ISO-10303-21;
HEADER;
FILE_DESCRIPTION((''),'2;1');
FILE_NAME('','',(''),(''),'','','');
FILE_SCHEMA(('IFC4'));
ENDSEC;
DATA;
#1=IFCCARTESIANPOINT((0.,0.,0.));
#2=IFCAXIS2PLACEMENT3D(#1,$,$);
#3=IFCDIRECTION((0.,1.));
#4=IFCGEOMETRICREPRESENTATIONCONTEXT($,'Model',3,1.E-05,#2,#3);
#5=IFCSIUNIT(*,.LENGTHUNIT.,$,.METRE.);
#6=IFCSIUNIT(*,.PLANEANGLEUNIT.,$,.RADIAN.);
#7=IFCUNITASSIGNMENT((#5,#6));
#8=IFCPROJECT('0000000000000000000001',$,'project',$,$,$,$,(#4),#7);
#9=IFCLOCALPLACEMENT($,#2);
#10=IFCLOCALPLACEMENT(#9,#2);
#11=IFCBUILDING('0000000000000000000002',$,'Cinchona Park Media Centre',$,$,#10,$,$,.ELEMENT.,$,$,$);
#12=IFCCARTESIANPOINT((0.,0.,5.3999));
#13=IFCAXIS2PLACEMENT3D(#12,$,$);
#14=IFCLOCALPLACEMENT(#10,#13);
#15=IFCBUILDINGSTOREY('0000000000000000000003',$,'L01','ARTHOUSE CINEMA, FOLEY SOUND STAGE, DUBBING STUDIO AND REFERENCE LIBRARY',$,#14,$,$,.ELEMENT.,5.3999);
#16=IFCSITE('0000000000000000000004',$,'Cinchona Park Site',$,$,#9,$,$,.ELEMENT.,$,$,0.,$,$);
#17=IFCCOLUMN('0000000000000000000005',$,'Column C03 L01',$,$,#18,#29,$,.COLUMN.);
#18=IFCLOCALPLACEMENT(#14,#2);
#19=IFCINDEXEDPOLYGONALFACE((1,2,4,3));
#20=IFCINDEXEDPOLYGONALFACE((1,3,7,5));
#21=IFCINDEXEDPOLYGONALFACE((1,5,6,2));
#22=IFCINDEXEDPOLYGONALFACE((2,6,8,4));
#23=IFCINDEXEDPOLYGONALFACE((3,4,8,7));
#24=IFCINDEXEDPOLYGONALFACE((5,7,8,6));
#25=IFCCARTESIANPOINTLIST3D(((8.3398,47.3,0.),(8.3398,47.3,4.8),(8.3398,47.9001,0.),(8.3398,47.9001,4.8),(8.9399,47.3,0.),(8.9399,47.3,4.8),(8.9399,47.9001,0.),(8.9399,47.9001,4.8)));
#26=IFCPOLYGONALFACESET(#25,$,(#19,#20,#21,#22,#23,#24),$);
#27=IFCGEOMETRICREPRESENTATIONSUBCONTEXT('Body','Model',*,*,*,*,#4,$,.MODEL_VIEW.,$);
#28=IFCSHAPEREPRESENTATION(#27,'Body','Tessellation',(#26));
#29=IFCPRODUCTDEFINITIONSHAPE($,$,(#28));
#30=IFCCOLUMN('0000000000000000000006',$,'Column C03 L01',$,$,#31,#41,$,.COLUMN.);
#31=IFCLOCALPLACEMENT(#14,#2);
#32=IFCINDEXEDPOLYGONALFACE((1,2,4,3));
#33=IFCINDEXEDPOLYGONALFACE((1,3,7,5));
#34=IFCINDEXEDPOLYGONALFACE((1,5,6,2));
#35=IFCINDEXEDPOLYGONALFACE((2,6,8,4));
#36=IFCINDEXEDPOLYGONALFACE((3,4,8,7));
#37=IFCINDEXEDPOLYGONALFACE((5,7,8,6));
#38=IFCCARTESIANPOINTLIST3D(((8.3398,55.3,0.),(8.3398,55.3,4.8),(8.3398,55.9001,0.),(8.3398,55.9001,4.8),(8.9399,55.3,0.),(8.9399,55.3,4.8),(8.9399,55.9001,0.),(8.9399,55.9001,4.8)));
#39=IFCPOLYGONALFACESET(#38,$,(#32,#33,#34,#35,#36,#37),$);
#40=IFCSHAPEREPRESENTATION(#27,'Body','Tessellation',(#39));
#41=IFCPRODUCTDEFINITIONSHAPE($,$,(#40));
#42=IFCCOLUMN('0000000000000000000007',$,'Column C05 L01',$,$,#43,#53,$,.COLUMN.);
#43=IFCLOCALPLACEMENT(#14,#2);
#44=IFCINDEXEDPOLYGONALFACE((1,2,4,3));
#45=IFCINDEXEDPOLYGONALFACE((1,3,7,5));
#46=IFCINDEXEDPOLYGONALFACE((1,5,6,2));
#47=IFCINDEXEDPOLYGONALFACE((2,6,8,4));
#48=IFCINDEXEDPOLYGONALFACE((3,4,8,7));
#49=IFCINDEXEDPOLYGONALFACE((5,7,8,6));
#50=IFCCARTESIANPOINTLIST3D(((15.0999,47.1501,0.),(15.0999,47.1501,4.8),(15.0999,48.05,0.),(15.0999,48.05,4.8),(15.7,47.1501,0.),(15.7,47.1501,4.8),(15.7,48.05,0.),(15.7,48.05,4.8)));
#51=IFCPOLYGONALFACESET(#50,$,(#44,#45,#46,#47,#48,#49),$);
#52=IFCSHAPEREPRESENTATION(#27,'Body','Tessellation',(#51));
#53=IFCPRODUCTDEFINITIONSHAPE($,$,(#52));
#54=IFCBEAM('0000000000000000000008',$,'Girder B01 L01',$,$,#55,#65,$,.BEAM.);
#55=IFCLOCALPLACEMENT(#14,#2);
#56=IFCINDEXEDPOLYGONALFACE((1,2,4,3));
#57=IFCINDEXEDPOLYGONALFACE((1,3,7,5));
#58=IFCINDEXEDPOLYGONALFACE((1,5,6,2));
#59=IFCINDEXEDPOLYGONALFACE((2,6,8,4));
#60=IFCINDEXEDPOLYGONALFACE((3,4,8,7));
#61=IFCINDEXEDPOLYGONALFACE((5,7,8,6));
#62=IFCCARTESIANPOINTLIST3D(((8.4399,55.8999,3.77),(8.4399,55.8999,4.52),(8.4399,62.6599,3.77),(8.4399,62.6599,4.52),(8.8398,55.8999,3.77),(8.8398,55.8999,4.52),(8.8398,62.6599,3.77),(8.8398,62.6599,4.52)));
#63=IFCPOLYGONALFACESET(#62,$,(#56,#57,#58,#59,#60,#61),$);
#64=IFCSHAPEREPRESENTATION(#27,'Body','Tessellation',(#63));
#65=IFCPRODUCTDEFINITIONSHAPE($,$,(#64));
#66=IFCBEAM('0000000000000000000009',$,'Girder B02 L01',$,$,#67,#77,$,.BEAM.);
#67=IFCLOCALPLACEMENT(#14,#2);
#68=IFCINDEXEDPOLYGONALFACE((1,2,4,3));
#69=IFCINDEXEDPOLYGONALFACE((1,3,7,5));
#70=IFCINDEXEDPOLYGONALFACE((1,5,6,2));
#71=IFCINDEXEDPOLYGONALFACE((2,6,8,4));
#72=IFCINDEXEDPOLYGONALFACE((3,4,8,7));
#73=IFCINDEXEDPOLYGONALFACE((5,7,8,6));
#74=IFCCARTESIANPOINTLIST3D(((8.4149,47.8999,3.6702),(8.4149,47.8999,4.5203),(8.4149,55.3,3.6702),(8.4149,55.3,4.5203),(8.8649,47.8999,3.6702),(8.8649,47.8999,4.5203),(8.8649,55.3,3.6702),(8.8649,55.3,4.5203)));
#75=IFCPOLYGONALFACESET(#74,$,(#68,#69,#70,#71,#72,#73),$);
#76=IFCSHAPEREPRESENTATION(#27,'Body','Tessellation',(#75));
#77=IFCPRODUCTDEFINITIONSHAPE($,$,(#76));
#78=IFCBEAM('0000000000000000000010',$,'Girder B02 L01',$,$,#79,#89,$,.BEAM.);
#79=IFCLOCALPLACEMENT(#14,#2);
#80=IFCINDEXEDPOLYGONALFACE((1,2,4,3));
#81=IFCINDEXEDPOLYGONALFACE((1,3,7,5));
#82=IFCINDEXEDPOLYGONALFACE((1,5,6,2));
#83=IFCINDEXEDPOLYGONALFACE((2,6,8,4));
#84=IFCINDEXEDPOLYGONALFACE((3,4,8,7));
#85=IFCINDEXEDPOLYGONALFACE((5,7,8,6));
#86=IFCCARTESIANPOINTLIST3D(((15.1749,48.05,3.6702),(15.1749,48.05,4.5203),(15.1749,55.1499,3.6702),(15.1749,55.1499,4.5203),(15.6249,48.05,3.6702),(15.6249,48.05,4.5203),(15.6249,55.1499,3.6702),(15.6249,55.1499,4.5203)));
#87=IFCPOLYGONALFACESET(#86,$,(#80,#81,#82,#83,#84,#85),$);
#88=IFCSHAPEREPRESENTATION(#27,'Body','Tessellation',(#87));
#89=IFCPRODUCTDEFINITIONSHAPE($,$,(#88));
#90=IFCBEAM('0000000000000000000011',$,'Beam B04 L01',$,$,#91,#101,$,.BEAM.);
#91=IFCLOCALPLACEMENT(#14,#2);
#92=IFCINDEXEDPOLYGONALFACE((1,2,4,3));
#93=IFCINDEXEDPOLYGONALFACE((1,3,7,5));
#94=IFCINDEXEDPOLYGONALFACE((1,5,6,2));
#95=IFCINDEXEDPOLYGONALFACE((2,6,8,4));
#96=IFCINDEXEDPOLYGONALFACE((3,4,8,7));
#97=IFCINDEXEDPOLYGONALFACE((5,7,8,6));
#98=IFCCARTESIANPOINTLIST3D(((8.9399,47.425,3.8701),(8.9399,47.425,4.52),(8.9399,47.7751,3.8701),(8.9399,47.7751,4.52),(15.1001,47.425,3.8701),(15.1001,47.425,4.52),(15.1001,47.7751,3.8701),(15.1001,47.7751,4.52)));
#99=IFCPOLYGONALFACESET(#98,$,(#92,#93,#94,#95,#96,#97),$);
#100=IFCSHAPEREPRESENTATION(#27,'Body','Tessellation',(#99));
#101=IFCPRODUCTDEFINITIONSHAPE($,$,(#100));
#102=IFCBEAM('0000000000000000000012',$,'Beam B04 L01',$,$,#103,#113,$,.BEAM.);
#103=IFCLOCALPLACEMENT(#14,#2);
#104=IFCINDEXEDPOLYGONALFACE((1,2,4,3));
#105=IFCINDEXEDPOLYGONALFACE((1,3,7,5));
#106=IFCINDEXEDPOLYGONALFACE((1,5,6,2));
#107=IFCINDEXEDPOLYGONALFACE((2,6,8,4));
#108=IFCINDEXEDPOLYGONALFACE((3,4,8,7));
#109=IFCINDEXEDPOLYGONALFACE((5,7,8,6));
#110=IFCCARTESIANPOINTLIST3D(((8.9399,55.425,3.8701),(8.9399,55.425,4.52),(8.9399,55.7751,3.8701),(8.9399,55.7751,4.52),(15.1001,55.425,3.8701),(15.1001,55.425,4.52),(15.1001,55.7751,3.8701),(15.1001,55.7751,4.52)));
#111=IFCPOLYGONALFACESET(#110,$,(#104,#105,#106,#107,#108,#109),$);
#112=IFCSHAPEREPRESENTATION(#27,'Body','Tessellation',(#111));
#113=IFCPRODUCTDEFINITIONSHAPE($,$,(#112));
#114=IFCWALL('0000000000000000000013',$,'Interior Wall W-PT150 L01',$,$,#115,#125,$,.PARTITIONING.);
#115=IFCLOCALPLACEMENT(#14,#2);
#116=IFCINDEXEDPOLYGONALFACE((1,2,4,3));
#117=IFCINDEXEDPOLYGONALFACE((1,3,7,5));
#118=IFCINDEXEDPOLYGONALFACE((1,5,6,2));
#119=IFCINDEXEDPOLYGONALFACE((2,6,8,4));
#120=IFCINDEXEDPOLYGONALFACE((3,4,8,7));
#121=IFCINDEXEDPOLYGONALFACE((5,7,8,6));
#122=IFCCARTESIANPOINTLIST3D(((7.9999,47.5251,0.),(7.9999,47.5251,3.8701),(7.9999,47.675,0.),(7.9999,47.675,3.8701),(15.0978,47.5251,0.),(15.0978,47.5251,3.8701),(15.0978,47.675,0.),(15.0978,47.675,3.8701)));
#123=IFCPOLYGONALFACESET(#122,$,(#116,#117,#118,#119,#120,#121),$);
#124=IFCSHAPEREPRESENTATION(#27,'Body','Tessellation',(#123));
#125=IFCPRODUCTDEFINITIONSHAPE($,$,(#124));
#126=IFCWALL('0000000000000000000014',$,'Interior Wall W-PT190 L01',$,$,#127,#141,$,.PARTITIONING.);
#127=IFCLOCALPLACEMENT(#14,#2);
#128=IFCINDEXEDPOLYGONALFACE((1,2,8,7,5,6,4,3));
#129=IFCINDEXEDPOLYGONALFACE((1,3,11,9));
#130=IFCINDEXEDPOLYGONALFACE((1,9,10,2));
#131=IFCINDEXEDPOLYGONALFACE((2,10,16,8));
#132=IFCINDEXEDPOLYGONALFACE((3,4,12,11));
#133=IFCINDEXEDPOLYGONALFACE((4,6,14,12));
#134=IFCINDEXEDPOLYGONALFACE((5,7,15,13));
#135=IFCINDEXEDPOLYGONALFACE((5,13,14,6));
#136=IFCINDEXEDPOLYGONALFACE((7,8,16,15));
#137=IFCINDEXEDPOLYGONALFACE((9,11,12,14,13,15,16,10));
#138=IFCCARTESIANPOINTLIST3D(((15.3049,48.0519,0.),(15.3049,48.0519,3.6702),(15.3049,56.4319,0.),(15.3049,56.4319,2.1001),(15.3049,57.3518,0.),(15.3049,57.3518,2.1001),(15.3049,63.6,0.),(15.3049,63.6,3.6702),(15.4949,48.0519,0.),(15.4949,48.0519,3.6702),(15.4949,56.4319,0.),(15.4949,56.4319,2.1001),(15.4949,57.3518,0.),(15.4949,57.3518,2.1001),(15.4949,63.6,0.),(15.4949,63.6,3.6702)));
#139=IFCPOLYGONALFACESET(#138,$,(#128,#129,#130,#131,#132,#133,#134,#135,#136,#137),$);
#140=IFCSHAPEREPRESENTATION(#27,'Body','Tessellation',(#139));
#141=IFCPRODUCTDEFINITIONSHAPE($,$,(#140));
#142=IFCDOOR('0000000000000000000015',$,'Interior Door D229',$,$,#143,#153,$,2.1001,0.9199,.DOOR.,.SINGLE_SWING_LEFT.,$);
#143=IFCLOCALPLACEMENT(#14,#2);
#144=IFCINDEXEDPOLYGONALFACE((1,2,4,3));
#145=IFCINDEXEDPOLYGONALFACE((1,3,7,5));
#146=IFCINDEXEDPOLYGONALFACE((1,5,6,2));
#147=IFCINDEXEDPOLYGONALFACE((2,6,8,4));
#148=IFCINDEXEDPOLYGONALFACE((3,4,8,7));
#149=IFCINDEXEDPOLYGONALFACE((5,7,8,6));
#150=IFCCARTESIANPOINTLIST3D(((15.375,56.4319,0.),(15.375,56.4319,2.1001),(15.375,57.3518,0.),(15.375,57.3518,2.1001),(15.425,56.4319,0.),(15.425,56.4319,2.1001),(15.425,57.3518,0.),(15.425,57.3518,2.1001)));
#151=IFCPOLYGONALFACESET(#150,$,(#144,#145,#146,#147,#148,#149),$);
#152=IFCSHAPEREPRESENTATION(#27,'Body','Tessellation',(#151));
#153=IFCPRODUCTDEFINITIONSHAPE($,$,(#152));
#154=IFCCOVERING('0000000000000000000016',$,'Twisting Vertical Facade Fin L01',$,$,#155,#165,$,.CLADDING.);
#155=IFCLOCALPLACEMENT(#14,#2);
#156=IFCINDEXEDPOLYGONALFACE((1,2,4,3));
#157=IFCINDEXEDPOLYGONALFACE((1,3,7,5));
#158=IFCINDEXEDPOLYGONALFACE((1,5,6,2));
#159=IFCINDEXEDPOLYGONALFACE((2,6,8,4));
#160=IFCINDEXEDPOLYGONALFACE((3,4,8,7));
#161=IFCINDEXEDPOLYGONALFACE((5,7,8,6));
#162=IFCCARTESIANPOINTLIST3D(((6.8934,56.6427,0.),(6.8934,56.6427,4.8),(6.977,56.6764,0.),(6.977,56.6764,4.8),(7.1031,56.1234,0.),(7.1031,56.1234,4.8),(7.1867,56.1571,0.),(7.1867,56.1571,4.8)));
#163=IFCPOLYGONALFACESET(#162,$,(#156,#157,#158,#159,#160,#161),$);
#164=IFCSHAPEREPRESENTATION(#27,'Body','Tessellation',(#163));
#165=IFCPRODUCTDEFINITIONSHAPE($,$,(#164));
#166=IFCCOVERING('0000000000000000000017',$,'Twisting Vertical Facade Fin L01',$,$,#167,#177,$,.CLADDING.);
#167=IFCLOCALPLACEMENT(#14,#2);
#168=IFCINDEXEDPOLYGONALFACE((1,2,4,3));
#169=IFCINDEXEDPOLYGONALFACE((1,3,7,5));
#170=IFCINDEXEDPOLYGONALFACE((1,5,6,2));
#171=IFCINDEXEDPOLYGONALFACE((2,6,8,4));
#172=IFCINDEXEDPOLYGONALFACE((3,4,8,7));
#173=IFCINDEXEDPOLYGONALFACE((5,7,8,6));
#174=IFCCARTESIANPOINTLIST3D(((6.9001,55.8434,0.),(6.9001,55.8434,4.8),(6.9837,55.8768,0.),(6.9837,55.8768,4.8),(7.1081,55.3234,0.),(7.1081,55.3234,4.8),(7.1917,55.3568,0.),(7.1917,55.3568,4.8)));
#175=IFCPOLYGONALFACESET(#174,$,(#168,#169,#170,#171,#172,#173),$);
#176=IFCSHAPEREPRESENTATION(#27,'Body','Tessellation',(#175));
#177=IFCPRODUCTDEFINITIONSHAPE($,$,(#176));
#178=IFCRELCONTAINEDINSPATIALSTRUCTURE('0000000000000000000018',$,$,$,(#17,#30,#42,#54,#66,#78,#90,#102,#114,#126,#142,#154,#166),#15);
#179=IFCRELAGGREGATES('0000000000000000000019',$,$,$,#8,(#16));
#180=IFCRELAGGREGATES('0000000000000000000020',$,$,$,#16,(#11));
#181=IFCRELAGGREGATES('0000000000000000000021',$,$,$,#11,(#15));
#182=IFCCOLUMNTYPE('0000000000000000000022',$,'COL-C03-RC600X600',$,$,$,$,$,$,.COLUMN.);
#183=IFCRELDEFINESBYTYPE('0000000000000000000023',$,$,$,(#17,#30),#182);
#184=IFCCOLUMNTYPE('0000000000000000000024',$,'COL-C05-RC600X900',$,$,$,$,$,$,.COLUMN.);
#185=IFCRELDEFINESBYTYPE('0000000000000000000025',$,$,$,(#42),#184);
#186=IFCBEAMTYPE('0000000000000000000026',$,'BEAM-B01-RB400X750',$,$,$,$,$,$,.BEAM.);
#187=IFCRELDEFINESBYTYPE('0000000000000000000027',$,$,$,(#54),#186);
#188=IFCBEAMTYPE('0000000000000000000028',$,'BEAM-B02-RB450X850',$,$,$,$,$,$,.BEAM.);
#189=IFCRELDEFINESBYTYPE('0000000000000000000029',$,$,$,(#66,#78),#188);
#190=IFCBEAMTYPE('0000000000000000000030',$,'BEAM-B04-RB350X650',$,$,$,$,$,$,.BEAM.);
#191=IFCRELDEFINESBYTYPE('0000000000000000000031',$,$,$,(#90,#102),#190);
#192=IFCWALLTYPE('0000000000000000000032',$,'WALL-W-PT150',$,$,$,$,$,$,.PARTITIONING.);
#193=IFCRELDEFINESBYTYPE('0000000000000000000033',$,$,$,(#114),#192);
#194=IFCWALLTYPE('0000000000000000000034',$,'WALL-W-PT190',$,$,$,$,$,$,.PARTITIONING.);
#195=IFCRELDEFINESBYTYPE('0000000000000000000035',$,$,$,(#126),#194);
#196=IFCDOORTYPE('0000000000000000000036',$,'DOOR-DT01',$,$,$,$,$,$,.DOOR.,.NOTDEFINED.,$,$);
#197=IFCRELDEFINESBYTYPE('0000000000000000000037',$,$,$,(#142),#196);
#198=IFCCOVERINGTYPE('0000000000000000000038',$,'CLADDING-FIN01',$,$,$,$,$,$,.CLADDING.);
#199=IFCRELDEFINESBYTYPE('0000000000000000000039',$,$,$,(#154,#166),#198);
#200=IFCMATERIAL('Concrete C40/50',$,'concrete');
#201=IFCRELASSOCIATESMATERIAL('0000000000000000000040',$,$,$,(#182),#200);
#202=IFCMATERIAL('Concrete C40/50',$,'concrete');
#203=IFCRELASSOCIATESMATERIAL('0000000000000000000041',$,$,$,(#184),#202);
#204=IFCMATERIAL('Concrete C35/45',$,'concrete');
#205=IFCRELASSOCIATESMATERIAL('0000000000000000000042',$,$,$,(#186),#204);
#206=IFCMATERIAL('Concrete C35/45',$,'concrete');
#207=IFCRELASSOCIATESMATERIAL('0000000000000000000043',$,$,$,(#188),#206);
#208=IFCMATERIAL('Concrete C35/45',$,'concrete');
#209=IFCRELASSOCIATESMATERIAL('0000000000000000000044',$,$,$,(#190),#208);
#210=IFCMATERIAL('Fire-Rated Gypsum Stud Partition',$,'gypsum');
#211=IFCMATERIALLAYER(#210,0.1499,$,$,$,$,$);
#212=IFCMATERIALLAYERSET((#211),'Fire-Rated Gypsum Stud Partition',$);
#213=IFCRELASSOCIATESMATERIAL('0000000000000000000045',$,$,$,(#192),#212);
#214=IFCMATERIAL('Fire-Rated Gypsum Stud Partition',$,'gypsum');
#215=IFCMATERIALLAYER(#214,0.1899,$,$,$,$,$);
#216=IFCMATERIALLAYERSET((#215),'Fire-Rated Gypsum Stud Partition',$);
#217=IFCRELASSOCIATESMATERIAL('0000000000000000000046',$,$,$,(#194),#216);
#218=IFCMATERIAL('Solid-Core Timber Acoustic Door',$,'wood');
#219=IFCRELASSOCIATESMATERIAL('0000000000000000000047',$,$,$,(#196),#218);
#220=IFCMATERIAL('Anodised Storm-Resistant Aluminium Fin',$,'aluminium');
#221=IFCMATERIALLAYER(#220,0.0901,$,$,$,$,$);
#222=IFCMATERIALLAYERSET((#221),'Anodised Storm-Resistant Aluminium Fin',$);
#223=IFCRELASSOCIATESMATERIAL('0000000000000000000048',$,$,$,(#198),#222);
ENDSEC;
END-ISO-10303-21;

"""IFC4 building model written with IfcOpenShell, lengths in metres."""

from ifc_helpers import new_model, si_unit, direction, frame, frame_2d, origin, origin_2d, place, context, subcontext, project, spatial, rectangle, extrude, material, layer, layer_set, material_profile, profile_set, type_object, element, fill, save


model = new_model("IFC4")

# Units and contexts
model_context = context("Model", 3, precision=1e-05, world=origin(), true_north=direction((0.0, 1.0)))
body_context = subcontext(model_context, "Body", "Model", "MODEL_VIEW")
ifc_project = project(units=[si_unit("LENGTHUNIT", "METRE"), si_unit("PLANEANGLEUNIT", "RADIAN")], contexts=[model_context])

# Site, building, storey
site_placement = place(None, origin())
site = spatial("IfcSite", under=ifc_project, at=site_placement, Name="Cinchona Park Site", CompositionType="ELEMENT", RefElevation=0.0)
building_placement = place(site_placement, origin())
building = spatial("IfcBuilding", under=site, at=building_placement, Name="Cinchona Park Media Centre", CompositionType="ELEMENT")
storey_placement = place(building_placement, frame((0.0, 0.0, 5.3999)))
storey = spatial("IfcBuildingStorey", under=building, at=storey_placement, Name="L01", Description="ARTHOUSE CINEMA, FOLEY SOUND STAGE, DUBBING STUDIO AND REFERENCE LIBRARY", CompositionType="ELEMENT", Elevation=5.3999)

# Columns
ifc_material_1 = material(Name="Concrete C40/50", Category="concrete")
ifc_material_profile_1 = material_profile(ifc_material_1, rectangle(XDim=0.6001, YDim=0.6001, at=origin_2d()), Name="RC 600X600")
ifc_profile_set_1 = profile_set([ifc_material_profile_1], Name="Concrete C40/50")
column_type_1 = type_object("IfcColumnType", Name="COL-C03-RC600X600", PredefinedType="COLUMN", material=ifc_profile_set_1)
for number, where, z_axis, x_axis, name in (
    (1, (8.6399, 47.6001, 0.0), (0.0, 0.0, 1.0), (1.0, 0.0, 0.0), "Column C03 L01"),
    (2, (8.6399, 55.6001, 0.0), (0.0, 0.0, 1.0), (1.0, 0.0, 0.0), "Column C03 L01"),
):
    element("IfcColumn", number, at=place(storey_placement, frame(where, z_axis=z_axis, x_axis=x_axis)), inside=storey, type_object=column_type_1, Name=name, PredefinedType="COLUMN", context=body_context, shape_type="SweptSolid", body=[
        extrude(rectangle(XDim=0.6001, YDim=0.6001, at=origin_2d()), origin(), (0.0, 0.0, 1.0), 4.8),
    ])
ifc_material_2 = material(Name="Concrete C40/50", Category="concrete")
ifc_material_profile_2 = material_profile(ifc_material_2, rectangle(XDim=0.6001, YDim=0.8999, at=origin_2d()), Name="RC 600X900")
ifc_profile_set_2 = profile_set([ifc_material_profile_2], Name="Concrete C40/50")
column_type_2 = type_object("IfcColumnType", Name="COL-C05-RC600X900", PredefinedType="COLUMN", material=ifc_profile_set_2)
column_placement = place(storey_placement, frame((15.3999, 47.6001, 0.0), z_axis=(0.0, 0.0, 1.0), x_axis=(1.0, 0.0, 0.0)))
element("IfcColumn", 3, at=column_placement, inside=storey, type_object=column_type_2, Name="Column C05 L01", PredefinedType="COLUMN", context=body_context, shape_type="SweptSolid", body=[
    extrude(rectangle(XDim=0.6001, YDim=0.8999, at=origin_2d()), origin(), (0.0, 0.0, 1.0), 4.8),
])

# Beams
ifc_material_3 = material(Name="Concrete C35/45", Category="concrete")
ifc_material_profile_3 = material_profile(ifc_material_3, rectangle(XDim=0.3999, YDim=0.75, at=origin_2d()), Name="RB 400X750")
ifc_profile_set_3 = profile_set([ifc_material_profile_3], Name="Concrete C35/45")
beam_type_1 = type_object("IfcBeamType", Name="BEAM-B01-RB400X750", PredefinedType="BEAM", material=ifc_profile_set_3)
beam_1_placement = place(storey_placement, frame((8.6399, 55.8999, 4.145), z_axis=(0.0, 1.0, 0.0), x_axis=(-1.0, 0.0, 0.0)))
element("IfcBeam", 4, at=beam_1_placement, inside=storey, type_object=beam_type_1, Name="Girder B01 L01", PredefinedType="BEAM", context=body_context, shape_type="SweptSolid", body=[
    extrude(rectangle(XDim=0.3999, YDim=0.75, at=origin_2d()), origin(), (0.0, 0.0, 1.0), 6.76),
])
ifc_material_4 = material(Name="Concrete C35/45", Category="concrete")
ifc_material_profile_4 = material_profile(ifc_material_4, rectangle(XDim=0.45, YDim=0.8501, at=origin_2d()), Name="RB 450X850")
ifc_profile_set_4 = profile_set([ifc_material_profile_4], Name="Concrete C35/45")
beam_type_2 = type_object("IfcBeamType", Name="BEAM-B02-RB450X850", PredefinedType="BEAM", material=ifc_profile_set_4)
beam_2_placement = place(storey_placement, frame((8.6399, 47.8999, 4.0952), z_axis=(0.0, 1.0, 0.0), x_axis=(-1.0, 0.0, 0.0)))
element("IfcBeam", 5, at=beam_2_placement, inside=storey, type_object=beam_type_2, Name="Girder B02 L01", PredefinedType="BEAM", context=body_context, shape_type="SweptSolid", body=[
    extrude(rectangle(XDim=0.45, YDim=0.8501, at=origin_2d()), origin(), (0.0, 0.0, 1.0), 7.4001),
])
beam_3_placement = place(storey_placement, frame((15.3999, 48.05, 4.0952), z_axis=(0.0, 1.0, 0.0), x_axis=(-1.0, 0.0, 0.0)))
element("IfcBeam", 6, at=beam_3_placement, inside=storey, type_object=beam_type_2, Name="Girder B02 L01", PredefinedType="BEAM", context=body_context, shape_type="SweptSolid", body=[
    extrude(rectangle(XDim=0.45, YDim=0.8501, at=origin_2d()), origin(), (0.0, 0.0, 1.0), 7.0999),
])
ifc_material_5 = material(Name="Concrete C35/45", Category="concrete")
ifc_material_profile_5 = material_profile(ifc_material_5, rectangle(XDim=0.3501, YDim=0.6499, at=origin_2d()), Name="RB 350X650")
ifc_profile_set_5 = profile_set([ifc_material_profile_5], Name="Concrete C35/45")
beam_type_3 = type_object("IfcBeamType", Name="BEAM-B04-RB350X650", PredefinedType="BEAM", material=ifc_profile_set_5)
for number, where, z_axis, x_axis, name in (
    (7, (8.9399, 47.6001, 4.1951), (1.0, 0.0, 0.0), (0.0, 1.0, 0.0), "Beam B04 L01"),
    (8, (8.9399, 55.6001, 4.1951), (1.0, 0.0, 0.0), (0.0, 1.0, 0.0), "Beam B04 L01"),
):
    element("IfcBeam", number, at=place(storey_placement, frame(where, z_axis=z_axis, x_axis=x_axis)), inside=storey, type_object=beam_type_3, Name=name, PredefinedType="BEAM", context=body_context, shape_type="SweptSolid", body=[
        extrude(rectangle(XDim=0.3501, YDim=0.6499, at=origin_2d()), origin(), (0.0, 0.0, 1.0), 6.1602),
    ])

# Wall
ifc_material_6 = material(Name="Fire-Rated Gypsum Stud Partition", Category="gypsum")
ifc_layer_1 = layer(ifc_material_6, 0.1499)
ifc_layer_set_1 = layer_set([ifc_layer_1], Name="Fire-Rated Gypsum Stud Partition")
wall_type_1 = type_object("IfcWallType", Name="WALL-W-PT150", PredefinedType="PARTITIONING", material=ifc_layer_set_1)
wall_1_placement = place(storey_placement, frame((8.0, 47.6001, 0.0), z_axis=(0.0, 0.0, 1.0), x_axis=(1.0, 0.0, 0.0)))
element("IfcWall", 9, at=wall_1_placement, inside=storey, type_object=wall_type_1, Name="Interior Wall W-PT150 L01", PredefinedType="PARTITIONING", context=body_context, shape_type="SweptSolid", body=[
    extrude(rectangle(XDim=7.0979, YDim=0.1499, at=frame_2d((3.5488, 0.0))), origin(), (0.0, 0.0, 1.0), 3.8701),
])

# Wall, opening, door
ifc_material_7 = material(Name="Fire-Rated Gypsum Stud Partition", Category="gypsum")
ifc_layer_2 = layer(ifc_material_7, 0.1899)
ifc_layer_set_2 = layer_set([ifc_layer_2], Name="Fire-Rated Gypsum Stud Partition")
wall_type_2 = type_object("IfcWallType", Name="WALL-W-PT190", PredefinedType="PARTITIONING", material=ifc_layer_set_2)
wall_2_placement = place(storey_placement, frame((15.3999, 48.052, 0.0), z_axis=(0.0, 0.0, 1.0), x_axis=(0.0, 1.0, 0.0)))
wall_2 = element("IfcWall", 10, at=wall_2_placement, inside=storey, type_object=wall_type_2, Name="Interior Wall W-PT190 L01", PredefinedType="PARTITIONING", context=body_context, shape_type="SweptSolid", body=[
    extrude(rectangle(XDim=15.5481, YDim=0.1899, at=frame_2d((7.7739, 0.0))), origin(), (0.0, 0.0, 1.0), 3.6702),
])
opening_placement = place(wall_2_placement, frame((8.3799, 0.0, 0.0)))
opening = element("IfcOpeningElement", 11, at=opening_placement, cuts=wall_2, PredefinedType="OPENING", context=body_context, shape_type="SweptSolid", body=[
    extrude(rectangle(XDim=0.9199, YDim=2.1001, at=frame_2d((0.46, 1.05))), frame((0.0, 0.105, 0.0), z_axis=(0.0, -1.0, 0.0), x_axis=(1.0, 0.0, 0.0)), (0.0, 0.0, 1.0), 0.21),
])
ifc_material_8 = material(Name="Solid-Core Timber Acoustic Door", Category="wood")
door_type = type_object("IfcDoorType", Name="DOOR-DT01", OperationType="NOTDEFINED", PredefinedType="DOOR", material=ifc_material_8)
door_placement = place(opening_placement, origin())
door = element("IfcDoor", 12, at=door_placement, inside=storey, type_object=door_type, Name="Interior Door D229", OperationType="SINGLE_SWING_LEFT", OverallHeight=2.1001, OverallWidth=0.9199, PredefinedType="DOOR", context=body_context, shape_type="SweptSolid", body=[
    extrude(rectangle(XDim=0.9199, YDim=2.1001, at=frame_2d((0.46, 1.05))), frame((0.0, 0.0249, 0.0), z_axis=(0.0, -1.0, 0.0), x_axis=(1.0, 0.0, 0.0)), (0.0, 0.0, 1.0), 0.05),
])
fill(opening, door)

# Coverings
ifc_material_9 = material(Name="Anodised Storm-Resistant Aluminium Fin", Category="aluminium")
ifc_layer_3 = layer(ifc_material_9, 0.0901)
ifc_layer_set_3 = layer_set([ifc_layer_3], Name="Anodised Storm-Resistant Aluminium Fin")
covering_type = type_object("IfcCoveringType", Name="CLADDING-FIN01", PredefinedType="CLADDING", material=ifc_layer_set_3)
for number, where, z_axis, x_axis, name in (
    (13, (7.04, 56.3999, 0.0), (0.0, 0.0, 1.0), (0.374445, -0.927249, 0.0), "Twisting Vertical Facade Fin L01"),
    (14, (7.0459, 55.6001, 0.0), (0.0, 0.0, 1.0), (0.371368, -0.928486, 0.0), "Twisting Vertical Facade Fin L01"),
):
    element("IfcCovering", number, at=place(storey_placement, frame(where, z_axis=z_axis, x_axis=x_axis)), inside=storey, type_object=covering_type, Name=name, PredefinedType="CLADDING", context=body_context, shape_type="SweptSolid", body=[
        extrude(rectangle(XDim=0.5601, YDim=0.0901, at=origin_2d()), origin(), (0.0, 0.0, 1.0), 4.8),
    ])

save(model, "model.ifc")
